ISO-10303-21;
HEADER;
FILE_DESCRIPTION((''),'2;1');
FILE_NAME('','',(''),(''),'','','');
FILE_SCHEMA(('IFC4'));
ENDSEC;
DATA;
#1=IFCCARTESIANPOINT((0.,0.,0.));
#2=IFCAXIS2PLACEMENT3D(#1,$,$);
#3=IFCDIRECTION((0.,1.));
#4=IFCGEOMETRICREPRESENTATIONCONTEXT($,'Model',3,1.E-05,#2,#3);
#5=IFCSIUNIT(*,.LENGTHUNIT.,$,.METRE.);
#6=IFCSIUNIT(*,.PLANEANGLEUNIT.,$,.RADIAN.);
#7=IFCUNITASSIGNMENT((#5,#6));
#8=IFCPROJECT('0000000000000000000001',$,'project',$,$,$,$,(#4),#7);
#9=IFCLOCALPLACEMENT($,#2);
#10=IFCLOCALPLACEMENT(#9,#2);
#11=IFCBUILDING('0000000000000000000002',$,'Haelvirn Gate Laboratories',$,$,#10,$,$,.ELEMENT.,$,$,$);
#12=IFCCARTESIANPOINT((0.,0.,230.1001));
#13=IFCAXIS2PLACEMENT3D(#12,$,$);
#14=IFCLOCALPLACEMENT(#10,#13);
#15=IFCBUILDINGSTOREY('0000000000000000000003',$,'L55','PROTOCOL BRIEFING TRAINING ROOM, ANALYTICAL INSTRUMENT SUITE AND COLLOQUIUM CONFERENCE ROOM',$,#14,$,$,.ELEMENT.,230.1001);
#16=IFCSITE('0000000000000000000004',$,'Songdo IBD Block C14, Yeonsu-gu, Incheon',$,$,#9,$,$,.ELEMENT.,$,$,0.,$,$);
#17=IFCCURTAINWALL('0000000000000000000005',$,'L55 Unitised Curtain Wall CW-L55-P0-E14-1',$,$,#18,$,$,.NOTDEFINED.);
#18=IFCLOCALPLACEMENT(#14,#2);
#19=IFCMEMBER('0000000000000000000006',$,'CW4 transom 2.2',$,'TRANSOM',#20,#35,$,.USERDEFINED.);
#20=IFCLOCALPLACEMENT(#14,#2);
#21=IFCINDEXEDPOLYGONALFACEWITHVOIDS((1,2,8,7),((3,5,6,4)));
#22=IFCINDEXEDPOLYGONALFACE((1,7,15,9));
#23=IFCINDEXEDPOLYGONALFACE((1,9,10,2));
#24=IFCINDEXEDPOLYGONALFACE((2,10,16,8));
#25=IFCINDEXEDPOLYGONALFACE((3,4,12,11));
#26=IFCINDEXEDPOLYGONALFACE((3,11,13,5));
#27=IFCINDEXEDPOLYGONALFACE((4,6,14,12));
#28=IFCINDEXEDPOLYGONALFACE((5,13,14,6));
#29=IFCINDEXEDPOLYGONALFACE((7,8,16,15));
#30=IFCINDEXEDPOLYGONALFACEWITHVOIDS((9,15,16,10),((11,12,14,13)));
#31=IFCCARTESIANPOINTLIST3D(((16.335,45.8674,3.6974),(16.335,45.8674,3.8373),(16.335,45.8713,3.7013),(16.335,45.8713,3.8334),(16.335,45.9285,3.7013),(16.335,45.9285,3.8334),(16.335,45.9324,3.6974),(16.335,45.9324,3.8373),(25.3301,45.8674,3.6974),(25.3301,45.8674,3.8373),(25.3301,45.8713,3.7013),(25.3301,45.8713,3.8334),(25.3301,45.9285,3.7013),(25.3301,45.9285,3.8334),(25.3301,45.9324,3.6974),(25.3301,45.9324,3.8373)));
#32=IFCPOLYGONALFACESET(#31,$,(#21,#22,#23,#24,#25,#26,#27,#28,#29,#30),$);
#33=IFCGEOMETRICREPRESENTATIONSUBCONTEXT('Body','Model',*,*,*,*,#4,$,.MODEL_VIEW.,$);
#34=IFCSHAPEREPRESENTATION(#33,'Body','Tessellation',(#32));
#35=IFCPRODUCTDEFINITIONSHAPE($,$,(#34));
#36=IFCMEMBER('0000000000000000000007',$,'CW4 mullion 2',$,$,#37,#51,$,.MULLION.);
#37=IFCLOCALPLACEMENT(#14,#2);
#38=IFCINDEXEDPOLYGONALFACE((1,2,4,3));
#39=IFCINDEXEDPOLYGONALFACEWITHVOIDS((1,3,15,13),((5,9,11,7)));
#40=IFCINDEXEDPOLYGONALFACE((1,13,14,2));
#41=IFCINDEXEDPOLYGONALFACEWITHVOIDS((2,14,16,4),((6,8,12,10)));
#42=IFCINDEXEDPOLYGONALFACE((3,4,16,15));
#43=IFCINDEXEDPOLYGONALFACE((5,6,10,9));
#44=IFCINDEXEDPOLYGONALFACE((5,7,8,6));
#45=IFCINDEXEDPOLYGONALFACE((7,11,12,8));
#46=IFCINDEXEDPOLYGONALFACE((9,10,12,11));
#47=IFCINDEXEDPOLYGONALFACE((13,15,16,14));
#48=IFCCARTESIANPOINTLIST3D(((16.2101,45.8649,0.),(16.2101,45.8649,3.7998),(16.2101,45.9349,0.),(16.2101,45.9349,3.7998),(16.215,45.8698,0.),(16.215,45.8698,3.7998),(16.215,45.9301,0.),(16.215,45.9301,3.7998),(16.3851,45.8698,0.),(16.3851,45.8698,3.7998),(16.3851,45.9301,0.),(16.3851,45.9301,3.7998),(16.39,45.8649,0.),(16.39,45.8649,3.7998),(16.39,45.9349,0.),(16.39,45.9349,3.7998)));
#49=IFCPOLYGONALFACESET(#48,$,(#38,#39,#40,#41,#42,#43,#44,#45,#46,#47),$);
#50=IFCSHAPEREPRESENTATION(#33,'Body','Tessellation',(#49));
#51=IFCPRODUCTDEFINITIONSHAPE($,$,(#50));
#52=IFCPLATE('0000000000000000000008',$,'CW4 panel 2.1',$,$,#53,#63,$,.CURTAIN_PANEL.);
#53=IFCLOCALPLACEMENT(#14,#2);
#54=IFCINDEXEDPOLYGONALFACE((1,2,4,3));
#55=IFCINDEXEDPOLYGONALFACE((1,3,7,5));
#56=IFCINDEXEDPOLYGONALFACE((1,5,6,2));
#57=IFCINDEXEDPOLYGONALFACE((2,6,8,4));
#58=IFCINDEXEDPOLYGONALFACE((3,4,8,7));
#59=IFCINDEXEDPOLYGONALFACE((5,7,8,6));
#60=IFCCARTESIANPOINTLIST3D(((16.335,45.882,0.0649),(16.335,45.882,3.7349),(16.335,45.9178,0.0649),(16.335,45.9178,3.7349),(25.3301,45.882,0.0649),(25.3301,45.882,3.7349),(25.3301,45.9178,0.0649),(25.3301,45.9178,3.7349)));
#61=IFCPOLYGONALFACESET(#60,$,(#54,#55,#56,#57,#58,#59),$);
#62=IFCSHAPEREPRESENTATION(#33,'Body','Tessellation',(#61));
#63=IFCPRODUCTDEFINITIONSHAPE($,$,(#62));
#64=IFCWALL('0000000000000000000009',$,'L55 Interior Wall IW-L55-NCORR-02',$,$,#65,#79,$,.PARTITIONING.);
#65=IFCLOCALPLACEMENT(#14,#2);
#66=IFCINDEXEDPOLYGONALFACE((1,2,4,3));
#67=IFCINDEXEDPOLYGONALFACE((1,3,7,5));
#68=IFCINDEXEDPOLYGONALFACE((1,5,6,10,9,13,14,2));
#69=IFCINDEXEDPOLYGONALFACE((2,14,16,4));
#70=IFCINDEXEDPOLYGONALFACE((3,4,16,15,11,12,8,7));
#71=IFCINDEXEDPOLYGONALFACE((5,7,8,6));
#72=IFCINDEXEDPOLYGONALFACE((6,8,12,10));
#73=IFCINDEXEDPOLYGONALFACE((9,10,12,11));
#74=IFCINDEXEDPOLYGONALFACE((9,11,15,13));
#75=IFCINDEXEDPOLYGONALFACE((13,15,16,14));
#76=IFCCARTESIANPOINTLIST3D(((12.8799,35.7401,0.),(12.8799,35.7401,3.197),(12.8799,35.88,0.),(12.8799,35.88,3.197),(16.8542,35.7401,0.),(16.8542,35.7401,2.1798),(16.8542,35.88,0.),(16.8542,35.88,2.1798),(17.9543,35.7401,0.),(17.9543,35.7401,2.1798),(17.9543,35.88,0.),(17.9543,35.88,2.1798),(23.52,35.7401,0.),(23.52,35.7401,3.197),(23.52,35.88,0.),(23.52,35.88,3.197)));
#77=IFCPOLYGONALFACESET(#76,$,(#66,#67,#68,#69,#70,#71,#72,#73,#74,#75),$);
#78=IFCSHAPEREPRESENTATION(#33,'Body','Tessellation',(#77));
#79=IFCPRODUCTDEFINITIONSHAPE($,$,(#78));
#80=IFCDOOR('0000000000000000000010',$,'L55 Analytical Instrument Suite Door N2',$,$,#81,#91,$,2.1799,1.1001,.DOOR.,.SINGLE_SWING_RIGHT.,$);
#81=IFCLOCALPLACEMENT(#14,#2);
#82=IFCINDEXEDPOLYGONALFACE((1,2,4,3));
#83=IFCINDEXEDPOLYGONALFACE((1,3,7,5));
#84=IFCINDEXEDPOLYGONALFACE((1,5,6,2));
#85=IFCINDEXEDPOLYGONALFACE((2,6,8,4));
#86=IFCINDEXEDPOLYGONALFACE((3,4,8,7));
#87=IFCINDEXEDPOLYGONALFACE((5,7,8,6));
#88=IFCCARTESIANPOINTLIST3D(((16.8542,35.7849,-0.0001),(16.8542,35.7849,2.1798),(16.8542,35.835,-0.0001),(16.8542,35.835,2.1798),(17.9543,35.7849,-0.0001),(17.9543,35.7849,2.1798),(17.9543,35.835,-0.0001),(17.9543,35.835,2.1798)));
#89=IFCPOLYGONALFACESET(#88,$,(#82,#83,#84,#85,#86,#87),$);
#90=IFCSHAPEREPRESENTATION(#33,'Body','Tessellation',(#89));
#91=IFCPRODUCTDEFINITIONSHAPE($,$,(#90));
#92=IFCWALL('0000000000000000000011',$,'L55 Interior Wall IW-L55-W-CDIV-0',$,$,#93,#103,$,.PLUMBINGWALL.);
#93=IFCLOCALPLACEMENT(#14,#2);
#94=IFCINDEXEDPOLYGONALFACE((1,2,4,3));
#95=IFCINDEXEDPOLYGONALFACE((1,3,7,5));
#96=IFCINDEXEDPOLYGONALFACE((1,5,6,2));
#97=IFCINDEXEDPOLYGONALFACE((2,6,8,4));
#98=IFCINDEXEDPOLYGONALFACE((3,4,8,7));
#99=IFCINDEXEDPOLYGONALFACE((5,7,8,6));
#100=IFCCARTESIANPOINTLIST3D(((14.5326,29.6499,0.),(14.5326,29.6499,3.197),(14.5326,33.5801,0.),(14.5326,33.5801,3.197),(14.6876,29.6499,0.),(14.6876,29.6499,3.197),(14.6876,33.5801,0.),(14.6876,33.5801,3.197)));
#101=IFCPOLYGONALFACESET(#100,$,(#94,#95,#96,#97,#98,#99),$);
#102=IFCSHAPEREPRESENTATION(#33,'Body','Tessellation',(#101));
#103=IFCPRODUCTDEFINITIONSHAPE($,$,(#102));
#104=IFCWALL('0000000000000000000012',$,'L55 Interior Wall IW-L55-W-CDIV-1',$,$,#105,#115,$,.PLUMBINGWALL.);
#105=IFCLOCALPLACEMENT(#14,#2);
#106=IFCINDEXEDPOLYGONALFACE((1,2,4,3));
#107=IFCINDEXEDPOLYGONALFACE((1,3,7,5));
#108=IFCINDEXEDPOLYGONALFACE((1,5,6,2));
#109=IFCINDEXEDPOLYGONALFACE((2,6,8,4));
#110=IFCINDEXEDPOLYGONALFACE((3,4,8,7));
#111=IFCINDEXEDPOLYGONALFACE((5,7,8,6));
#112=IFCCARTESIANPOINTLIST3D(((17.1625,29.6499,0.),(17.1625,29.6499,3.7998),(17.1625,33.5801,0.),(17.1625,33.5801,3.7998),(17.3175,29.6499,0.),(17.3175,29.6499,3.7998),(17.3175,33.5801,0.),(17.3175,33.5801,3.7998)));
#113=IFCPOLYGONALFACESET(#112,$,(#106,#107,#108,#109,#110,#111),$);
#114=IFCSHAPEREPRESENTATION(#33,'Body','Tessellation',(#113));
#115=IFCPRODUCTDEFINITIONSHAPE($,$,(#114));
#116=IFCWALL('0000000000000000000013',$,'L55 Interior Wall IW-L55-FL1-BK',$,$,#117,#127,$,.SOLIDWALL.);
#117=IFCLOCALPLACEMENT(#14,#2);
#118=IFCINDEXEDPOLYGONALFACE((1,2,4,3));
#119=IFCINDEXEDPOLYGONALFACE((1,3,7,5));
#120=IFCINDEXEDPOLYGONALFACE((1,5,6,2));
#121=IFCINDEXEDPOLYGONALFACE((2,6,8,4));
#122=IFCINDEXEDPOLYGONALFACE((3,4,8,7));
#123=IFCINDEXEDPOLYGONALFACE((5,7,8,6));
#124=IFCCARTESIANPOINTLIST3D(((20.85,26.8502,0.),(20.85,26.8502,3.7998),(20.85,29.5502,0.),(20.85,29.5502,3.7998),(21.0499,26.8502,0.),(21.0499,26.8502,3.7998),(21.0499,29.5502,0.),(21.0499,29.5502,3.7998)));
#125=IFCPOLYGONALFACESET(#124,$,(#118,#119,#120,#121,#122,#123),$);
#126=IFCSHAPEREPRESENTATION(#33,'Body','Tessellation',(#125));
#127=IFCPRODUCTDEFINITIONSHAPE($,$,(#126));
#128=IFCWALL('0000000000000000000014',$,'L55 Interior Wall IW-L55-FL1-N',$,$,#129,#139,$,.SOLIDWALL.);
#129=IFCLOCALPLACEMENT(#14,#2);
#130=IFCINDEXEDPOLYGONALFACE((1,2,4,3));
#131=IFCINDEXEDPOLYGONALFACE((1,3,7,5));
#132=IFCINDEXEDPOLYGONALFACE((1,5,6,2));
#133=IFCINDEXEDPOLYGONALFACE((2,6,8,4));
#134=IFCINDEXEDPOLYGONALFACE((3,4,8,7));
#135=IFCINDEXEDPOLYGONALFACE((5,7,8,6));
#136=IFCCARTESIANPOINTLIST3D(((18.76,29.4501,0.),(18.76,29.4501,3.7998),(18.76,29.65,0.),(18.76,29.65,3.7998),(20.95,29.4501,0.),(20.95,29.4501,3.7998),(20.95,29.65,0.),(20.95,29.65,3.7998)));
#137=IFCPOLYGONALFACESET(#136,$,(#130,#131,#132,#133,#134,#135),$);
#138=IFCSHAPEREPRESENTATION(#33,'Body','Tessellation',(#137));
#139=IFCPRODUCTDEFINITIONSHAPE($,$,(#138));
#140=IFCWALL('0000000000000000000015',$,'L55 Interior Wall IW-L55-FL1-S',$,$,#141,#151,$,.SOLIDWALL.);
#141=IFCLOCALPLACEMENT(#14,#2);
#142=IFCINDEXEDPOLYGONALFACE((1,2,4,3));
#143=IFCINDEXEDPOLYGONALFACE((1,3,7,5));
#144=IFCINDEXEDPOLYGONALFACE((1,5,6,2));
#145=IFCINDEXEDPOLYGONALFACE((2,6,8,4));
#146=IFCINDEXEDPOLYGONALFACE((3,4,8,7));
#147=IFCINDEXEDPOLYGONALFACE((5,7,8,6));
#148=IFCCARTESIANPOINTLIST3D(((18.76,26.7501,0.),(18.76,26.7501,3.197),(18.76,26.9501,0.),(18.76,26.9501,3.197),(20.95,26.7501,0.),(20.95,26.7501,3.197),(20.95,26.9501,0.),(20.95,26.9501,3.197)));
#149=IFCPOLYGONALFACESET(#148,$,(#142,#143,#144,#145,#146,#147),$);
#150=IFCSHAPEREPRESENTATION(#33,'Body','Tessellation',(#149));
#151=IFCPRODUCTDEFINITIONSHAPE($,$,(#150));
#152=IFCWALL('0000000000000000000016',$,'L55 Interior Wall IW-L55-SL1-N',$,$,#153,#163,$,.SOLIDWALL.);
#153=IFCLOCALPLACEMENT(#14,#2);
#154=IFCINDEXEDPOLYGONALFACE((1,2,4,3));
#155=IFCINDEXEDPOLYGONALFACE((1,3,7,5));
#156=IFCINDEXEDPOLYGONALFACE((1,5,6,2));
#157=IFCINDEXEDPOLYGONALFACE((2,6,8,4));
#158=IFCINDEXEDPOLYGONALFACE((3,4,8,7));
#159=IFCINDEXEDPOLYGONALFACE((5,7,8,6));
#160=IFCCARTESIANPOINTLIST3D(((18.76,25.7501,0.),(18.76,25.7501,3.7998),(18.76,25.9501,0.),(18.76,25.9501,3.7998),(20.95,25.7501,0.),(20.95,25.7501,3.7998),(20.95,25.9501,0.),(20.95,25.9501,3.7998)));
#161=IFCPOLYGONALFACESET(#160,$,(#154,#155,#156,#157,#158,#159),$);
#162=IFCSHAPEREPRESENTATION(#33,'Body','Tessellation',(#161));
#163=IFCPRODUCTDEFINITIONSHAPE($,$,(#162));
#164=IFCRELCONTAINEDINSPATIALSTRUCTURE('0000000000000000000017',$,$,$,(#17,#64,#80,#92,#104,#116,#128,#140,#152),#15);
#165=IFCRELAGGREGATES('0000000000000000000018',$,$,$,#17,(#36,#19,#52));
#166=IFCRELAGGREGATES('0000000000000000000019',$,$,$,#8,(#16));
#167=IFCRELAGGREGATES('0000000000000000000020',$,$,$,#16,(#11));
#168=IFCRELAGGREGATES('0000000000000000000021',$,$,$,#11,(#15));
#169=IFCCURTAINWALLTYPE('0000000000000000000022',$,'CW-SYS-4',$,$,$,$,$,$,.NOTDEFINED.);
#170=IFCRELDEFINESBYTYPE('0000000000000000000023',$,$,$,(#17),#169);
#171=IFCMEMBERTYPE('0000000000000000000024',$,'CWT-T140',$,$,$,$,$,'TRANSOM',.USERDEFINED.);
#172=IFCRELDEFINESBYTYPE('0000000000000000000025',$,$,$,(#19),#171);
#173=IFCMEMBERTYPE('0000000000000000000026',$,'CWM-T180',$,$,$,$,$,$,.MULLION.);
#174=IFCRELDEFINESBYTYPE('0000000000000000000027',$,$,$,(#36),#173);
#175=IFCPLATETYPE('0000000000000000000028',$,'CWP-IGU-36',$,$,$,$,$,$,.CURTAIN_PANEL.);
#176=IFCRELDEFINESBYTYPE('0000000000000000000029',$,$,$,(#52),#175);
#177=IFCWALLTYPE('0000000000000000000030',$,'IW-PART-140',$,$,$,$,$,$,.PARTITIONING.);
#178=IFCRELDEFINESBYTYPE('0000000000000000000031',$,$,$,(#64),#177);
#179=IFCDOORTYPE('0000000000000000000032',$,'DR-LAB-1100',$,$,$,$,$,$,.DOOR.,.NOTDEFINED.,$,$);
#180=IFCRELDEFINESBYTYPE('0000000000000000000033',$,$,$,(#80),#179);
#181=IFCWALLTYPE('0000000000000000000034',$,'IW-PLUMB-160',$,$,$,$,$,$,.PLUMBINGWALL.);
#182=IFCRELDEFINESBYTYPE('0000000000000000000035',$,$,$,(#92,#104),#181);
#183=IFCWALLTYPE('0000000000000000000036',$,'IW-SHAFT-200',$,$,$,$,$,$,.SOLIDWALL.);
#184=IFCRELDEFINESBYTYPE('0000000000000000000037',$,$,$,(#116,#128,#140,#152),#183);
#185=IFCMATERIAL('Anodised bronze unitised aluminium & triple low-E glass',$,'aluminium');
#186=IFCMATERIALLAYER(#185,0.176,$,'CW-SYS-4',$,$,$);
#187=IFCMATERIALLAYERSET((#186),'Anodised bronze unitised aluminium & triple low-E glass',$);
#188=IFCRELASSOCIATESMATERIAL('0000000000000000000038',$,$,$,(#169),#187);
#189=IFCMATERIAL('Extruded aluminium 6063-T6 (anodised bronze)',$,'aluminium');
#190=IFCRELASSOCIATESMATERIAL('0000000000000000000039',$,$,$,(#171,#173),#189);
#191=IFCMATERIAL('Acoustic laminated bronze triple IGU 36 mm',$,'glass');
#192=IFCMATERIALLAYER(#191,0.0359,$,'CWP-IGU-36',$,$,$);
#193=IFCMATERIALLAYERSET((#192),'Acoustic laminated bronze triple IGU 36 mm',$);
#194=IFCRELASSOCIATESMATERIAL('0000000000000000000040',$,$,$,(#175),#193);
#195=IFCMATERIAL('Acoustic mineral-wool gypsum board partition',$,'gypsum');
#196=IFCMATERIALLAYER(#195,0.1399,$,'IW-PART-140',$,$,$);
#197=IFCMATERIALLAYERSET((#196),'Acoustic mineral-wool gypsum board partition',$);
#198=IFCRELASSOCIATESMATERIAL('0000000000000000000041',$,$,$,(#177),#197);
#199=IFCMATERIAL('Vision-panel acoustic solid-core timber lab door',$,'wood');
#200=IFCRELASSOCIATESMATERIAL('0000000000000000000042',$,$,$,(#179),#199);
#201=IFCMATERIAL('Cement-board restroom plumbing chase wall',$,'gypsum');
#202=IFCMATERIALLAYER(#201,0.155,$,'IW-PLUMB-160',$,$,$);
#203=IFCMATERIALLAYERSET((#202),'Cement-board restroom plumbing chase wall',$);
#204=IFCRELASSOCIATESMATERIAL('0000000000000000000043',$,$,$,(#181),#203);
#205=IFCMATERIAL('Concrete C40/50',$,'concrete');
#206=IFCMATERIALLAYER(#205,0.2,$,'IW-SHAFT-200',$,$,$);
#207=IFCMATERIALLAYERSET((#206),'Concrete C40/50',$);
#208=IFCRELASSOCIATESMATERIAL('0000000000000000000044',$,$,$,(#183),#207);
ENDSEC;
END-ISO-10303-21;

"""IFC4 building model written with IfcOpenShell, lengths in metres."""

from ifc_helpers import new_model, si_unit, direction, frame, frame_2d, origin, origin_2d, place, context, subcontext, project, spatial, rectangle, hollow_rectangle, extrude, source, transform, mapped, material, layer, layer_set, material_profile, profile_set, type_object, type_shapes, element, fill, aggregate, save


model = new_model("IFC4")

# Units and contexts
model_context = context("Model", 3, precision=1e-05, world=origin(), true_north=direction((0.0, 1.0)))
body_context = subcontext(model_context, "Body", "Model", "MODEL_VIEW")
ifc_project = project(units=[si_unit("LENGTHUNIT", "METRE"), si_unit("PLANEANGLEUNIT", "RADIAN")], contexts=[model_context])

# Site, building, storey
site_placement = place(None, origin())
site = spatial("IfcSite", under=ifc_project, at=site_placement, Name="Songdo IBD Block C14, Yeonsu-gu, Incheon", CompositionType="ELEMENT", RefElevation=0.0)
building_placement = place(site_placement, origin())
building = spatial("IfcBuilding", under=site, at=building_placement, Name="Haelvirn Gate Laboratories", CompositionType="ELEMENT")
storey_placement = place(building_placement, frame((0.0, 0.0, 230.1001)))
storey = spatial("IfcBuildingStorey", under=building, at=storey_placement, Name="L55", Description="PROTOCOL BRIEFING TRAINING ROOM, ANALYTICAL INSTRUMENT SUITE AND COLLOQUIUM CONFERENCE ROOM", CompositionType="ELEMENT", Elevation=230.1001)

# Curtain wall, members, plate
ifc_material_1 = material(Name="Anodised bronze unitised aluminium & triple low-E glass", Category="aluminium")
ifc_layer_1 = layer(ifc_material_1, 0.176, Name="CW-SYS-4")
ifc_layer_set_1 = layer_set([ifc_layer_1], Name="Anodised bronze unitised aluminium & triple low-E glass")
curtain_wall_type = type_object("IfcCurtainWallType", Name="CW-SYS-4", PredefinedType="NOTDEFINED", material=ifc_layer_set_1)
curtain_wall_placement = place(storey_placement, origin())
curtain_wall = element("IfcCurtainWall", 1, at=curtain_wall_placement, inside=storey, type_object=curtain_wall_type, Name="L55 Unitised Curtain Wall CW-L55-P0-E14-1", PredefinedType="NOTDEFINED")
ifc_material_2 = material(Name="Extruded aluminium 6063-T6 (anodised bronze)", Category="aluminium")
ifc_material_profile_1 = material_profile(ifc_material_2, hollow_rectangle(XDim=0.0649, YDim=0.1399, WallThickness=0.0039, at=origin_2d()), Name="CWT-140x65x4")
ifc_profile_set_1 = profile_set([ifc_material_profile_1], Name="Extruded aluminium 6063-T6 (anodised bronze)")
member_type_1 = type_object("IfcMemberType", Name="CWT-T140", ElementType="TRANSOM", PredefinedType="USERDEFINED", material=ifc_profile_set_1)
shared_shape_1 = source(origin(), body_context, "Body", "SweptSolid", [
    extrude(hollow_rectangle(XDim=0.0649, YDim=0.1399, WallThickness=0.0039, at=origin_2d()), origin(), (0.0, 0.0, 1.0), 8.9951),
])
type_shapes(member_type_1, [shared_shape_1])
member_1_placement = place(storey_placement, frame((16.335, 45.8999, 3.7673), z_axis=(1.0, 0.0, 0.0), x_axis=(0.0, 1.0, 0.0)))
member_1 = element("IfcMember", 2, at=member_1_placement, type_object=member_type_1, Name="CW4 transom 2.2", ObjectType="TRANSOM", PredefinedType="USERDEFINED", context=body_context, shape_type="MappedRepresentation", body=[
    mapped(shared_shape_1, transform((0.0, 0.0, 0.0), scale=1.0)),
])
ifc_material_profile_2 = material_profile(ifc_material_2, hollow_rectangle(XDim=0.0701, YDim=0.1799, WallThickness=0.0049, at=origin_2d()), Name="CWM-180x70x5")
ifc_profile_set_2 = profile_set([ifc_material_profile_2], Name="Extruded aluminium 6063-T6 (anodised bronze)")
member_type_2 = type_object("IfcMemberType", Name="CWM-T180", PredefinedType="MULLION", material=ifc_profile_set_2)
shared_shape_2 = source(origin(), body_context, "Body", "SweptSolid", [
    extrude(hollow_rectangle(XDim=0.0701, YDim=0.1799, WallThickness=0.0049, at=origin_2d()), origin(), (0.0, 0.0, 1.0), 3.7998),
])
type_shapes(member_type_2, [shared_shape_2])
member_2_placement = place(storey_placement, frame((16.3, 45.8999, 0.0), z_axis=(0.0, 0.0, 1.0), x_axis=(0.0, 1.0, 0.0)))
member_2 = element("IfcMember", 3, at=member_2_placement, type_object=member_type_2, Name="CW4 mullion 2", PredefinedType="MULLION", context=body_context, shape_type="MappedRepresentation", body=[
    mapped(shared_shape_2, transform((0.0, 0.0, 0.0), scale=1.0)),
])
ifc_material_3 = material(Name="Acoustic laminated bronze triple IGU 36 mm", Category="glass")
ifc_layer_2 = layer(ifc_material_3, 0.0359, Name="CWP-IGU-36")
ifc_layer_set_2 = layer_set([ifc_layer_2], Name="Acoustic laminated bronze triple IGU 36 mm")
plate_type = type_object("IfcPlateType", Name="CWP-IGU-36", PredefinedType="CURTAIN_PANEL", material=ifc_layer_set_2)
shared_shape_3 = source(origin(), body_context, "Body", "SweptSolid", [
    extrude(rectangle(XDim=8.9951, YDim=0.0359, at=origin_2d()), origin(), (0.0, 0.0, 1.0), 3.6699),
])
type_shapes(plate_type, [shared_shape_3])
plate_placement = place(storey_placement, frame((20.8325, 45.8999, 0.0649), z_axis=(0.0, 0.0, 1.0), x_axis=(1.0, 0.0, 0.0)))
plate = element("IfcPlate", 4, at=plate_placement, type_object=plate_type, Name="CW4 panel 2.1", PredefinedType="CURTAIN_PANEL", context=body_context, shape_type="MappedRepresentation", body=[
    mapped(shared_shape_3, transform((0.0, 0.0, 0.0), scale=1.0)),
])
aggregate(curtain_wall, [member_2, member_1, plate])

# Wall, opening, door
ifc_material_4 = material(Name="Acoustic mineral-wool gypsum board partition", Category="gypsum")
ifc_layer_3 = layer(ifc_material_4, 0.1399, Name="IW-PART-140")
ifc_layer_set_3 = layer_set([ifc_layer_3], Name="Acoustic mineral-wool gypsum board partition")
wall_type_1 = type_object("IfcWallType", Name="IW-PART-140", PredefinedType="PARTITIONING", material=ifc_layer_set_3)
wall_1_placement = place(storey_placement, frame((12.8799, 35.8101, 0.0), z_axis=(0.0, 0.0, 1.0), x_axis=(1.0, 0.0, 0.0)))
wall_1 = element("IfcWall", 5, at=wall_1_placement, inside=storey, type_object=wall_type_1, Name="L55 Interior Wall IW-L55-NCORR-02", PredefinedType="PARTITIONING", context=body_context, shape_type="SweptSolid", body=[
    extrude(rectangle(XDim=10.6401, YDim=0.1399, at=frame_2d((5.3201, 0.0))), origin(), (0.0, 0.0, 1.0), 3.197),
])
opening_placement = place(wall_1_placement, frame((3.9744, 0.0, 0.0)))
opening = element("IfcOpeningElement", 6, at=opening_placement, cuts=wall_1, PredefinedType="OPENING", context=body_context, shape_type="SweptSolid", body=[
    extrude(rectangle(XDim=1.1001, YDim=2.1799, at=frame_2d((0.55, 1.0898))), frame((0.0, 0.0801, 0.0), z_axis=(0.0, -1.0, 0.0), x_axis=(1.0, 0.0, 0.0)), (0.0, 0.0, 1.0), 0.1599),
])
ifc_material_5 = material(Name="Vision-panel acoustic solid-core timber lab door", Category="wood")
door_type = type_object("IfcDoorType", Name="DR-LAB-1100", OperationType="NOTDEFINED", PredefinedType="DOOR", material=ifc_material_5)
shared_shape_4 = source(origin(), body_context, "Body", "SweptSolid", [
    extrude(rectangle(XDim=1.1001, YDim=2.1799, at=frame_2d((0.55, 1.0898))), frame((0.0, 0.0249, 0.0), z_axis=(0.0, -1.0, 0.0), x_axis=(1.0, 0.0, 0.0)), (0.0, 0.0, 1.0), 0.05),
])
type_shapes(door_type, [shared_shape_4])
door_placement = place(opening_placement, origin())
door = element("IfcDoor", 7, at=door_placement, inside=storey, type_object=door_type, Name="L55 Analytical Instrument Suite Door N2", OperationType="SINGLE_SWING_RIGHT", OverallHeight=2.1799, OverallWidth=1.1001, PredefinedType="DOOR", context=body_context, shape_type="MappedRepresentation", body=[
    mapped(shared_shape_4, transform((0.0, 0.0, 0.0), scale=1.0)),
])
fill(opening, door)

# Walls
ifc_material_6 = material(Name="Cement-board restroom plumbing chase wall", Category="gypsum")
ifc_layer_4 = layer(ifc_material_6, 0.155, Name="IW-PLUMB-160")
ifc_layer_set_4 = layer_set([ifc_layer_4], Name="Cement-board restroom plumbing chase wall")
wall_type_2 = type_object("IfcWallType", Name="IW-PLUMB-160", PredefinedType="PLUMBINGWALL", material=ifc_layer_set_4)
wall_2_placement = place(storey_placement, frame((14.6101, 29.6499, 0.0), z_axis=(0.0, 0.0, 1.0), x_axis=(0.0, 1.0, 0.0)))
element("IfcWall", 8, at=wall_2_placement, inside=storey, type_object=wall_type_2, Name="L55 Interior Wall IW-L55-W-CDIV-0", PredefinedType="PLUMBINGWALL", context=body_context, shape_type="SweptSolid", body=[
    extrude(rectangle(XDim=3.9302, YDim=0.155, at=frame_2d((1.9651, 0.0))), origin(), (0.0, 0.0, 1.0), 3.197),
])
wall_3_placement = place(storey_placement, frame((17.24, 29.6499, 0.0), z_axis=(0.0, 0.0, 1.0), x_axis=(0.0, 1.0, 0.0)))
element("IfcWall", 9, at=wall_3_placement, inside=storey, type_object=wall_type_2, Name="L55 Interior Wall IW-L55-W-CDIV-1", PredefinedType="PLUMBINGWALL", context=body_context, shape_type="SweptSolid", body=[
    extrude(rectangle(XDim=3.9302, YDim=0.155, at=frame_2d((1.9651, 0.0))), origin(), (0.0, 0.0, 1.0), 3.7998),
])
ifc_material_7 = material(Name="Concrete C40/50", Category="concrete")
ifc_layer_5 = layer(ifc_material_7, 0.2, Name="IW-SHAFT-200")
ifc_layer_set_5 = layer_set([ifc_layer_5], Name="Concrete C40/50")
wall_type_3 = type_object("IfcWallType", Name="IW-SHAFT-200", PredefinedType="SOLIDWALL", material=ifc_layer_set_5)
wall_4_placement = place(storey_placement, frame((20.95, 26.8501, 0.0), z_axis=(0.0, 0.0, 1.0), x_axis=(0.0, 1.0, 0.0)))
element("IfcWall", 10, at=wall_4_placement, inside=storey, type_object=wall_type_3, Name="L55 Interior Wall IW-L55-FL1-BK", PredefinedType="SOLIDWALL", context=body_context, shape_type="SweptSolid", body=[
    extrude(rectangle(XDim=2.7, YDim=0.2, at=frame_2d((1.3501, 0.0))), origin(), (0.0, 0.0, 1.0), 3.7998),
])
wall_5_placement = place(storey_placement, frame((18.76, 29.55, 0.0), z_axis=(0.0, 0.0, 1.0), x_axis=(1.0, 0.0, 0.0)))
element("IfcWall", 11, at=wall_5_placement, inside=storey, type_object=wall_type_3, Name="L55 Interior Wall IW-L55-FL1-N", PredefinedType="SOLIDWALL", context=body_context, shape_type="SweptSolid", body=[
    extrude(rectangle(XDim=2.1899, YDim=0.2, at=frame_2d((1.095, 0.0))), origin(), (0.0, 0.0, 1.0), 3.7998),
])
wall_6_placement = place(storey_placement, frame((18.76, 26.8501, 0.0), z_axis=(0.0, 0.0, 1.0), x_axis=(1.0, 0.0, 0.0)))
element("IfcWall", 12, at=wall_6_placement, inside=storey, type_object=wall_type_3, Name="L55 Interior Wall IW-L55-FL1-S", PredefinedType="SOLIDWALL", context=body_context, shape_type="SweptSolid", body=[
    extrude(rectangle(XDim=2.1899, YDim=0.2, at=frame_2d((1.095, 0.0))), origin(), (0.0, 0.0, 1.0), 3.197),
])
wall_7_placement = place(storey_placement, frame((18.76, 25.8501, 0.0), z_axis=(0.0, 0.0, 1.0), x_axis=(1.0, 0.0, 0.0)))
element("IfcWall", 13, at=wall_7_placement, inside=storey, type_object=wall_type_3, Name="L55 Interior Wall IW-L55-SL1-N", PredefinedType="SOLIDWALL", context=body_context, shape_type="SweptSolid", body=[
    extrude(rectangle(XDim=2.1899, YDim=0.2, at=frame_2d((1.095, 0.0))), origin(), (0.0, 0.0, 1.0), 3.7998),
])

save(model, "model.ifc")
